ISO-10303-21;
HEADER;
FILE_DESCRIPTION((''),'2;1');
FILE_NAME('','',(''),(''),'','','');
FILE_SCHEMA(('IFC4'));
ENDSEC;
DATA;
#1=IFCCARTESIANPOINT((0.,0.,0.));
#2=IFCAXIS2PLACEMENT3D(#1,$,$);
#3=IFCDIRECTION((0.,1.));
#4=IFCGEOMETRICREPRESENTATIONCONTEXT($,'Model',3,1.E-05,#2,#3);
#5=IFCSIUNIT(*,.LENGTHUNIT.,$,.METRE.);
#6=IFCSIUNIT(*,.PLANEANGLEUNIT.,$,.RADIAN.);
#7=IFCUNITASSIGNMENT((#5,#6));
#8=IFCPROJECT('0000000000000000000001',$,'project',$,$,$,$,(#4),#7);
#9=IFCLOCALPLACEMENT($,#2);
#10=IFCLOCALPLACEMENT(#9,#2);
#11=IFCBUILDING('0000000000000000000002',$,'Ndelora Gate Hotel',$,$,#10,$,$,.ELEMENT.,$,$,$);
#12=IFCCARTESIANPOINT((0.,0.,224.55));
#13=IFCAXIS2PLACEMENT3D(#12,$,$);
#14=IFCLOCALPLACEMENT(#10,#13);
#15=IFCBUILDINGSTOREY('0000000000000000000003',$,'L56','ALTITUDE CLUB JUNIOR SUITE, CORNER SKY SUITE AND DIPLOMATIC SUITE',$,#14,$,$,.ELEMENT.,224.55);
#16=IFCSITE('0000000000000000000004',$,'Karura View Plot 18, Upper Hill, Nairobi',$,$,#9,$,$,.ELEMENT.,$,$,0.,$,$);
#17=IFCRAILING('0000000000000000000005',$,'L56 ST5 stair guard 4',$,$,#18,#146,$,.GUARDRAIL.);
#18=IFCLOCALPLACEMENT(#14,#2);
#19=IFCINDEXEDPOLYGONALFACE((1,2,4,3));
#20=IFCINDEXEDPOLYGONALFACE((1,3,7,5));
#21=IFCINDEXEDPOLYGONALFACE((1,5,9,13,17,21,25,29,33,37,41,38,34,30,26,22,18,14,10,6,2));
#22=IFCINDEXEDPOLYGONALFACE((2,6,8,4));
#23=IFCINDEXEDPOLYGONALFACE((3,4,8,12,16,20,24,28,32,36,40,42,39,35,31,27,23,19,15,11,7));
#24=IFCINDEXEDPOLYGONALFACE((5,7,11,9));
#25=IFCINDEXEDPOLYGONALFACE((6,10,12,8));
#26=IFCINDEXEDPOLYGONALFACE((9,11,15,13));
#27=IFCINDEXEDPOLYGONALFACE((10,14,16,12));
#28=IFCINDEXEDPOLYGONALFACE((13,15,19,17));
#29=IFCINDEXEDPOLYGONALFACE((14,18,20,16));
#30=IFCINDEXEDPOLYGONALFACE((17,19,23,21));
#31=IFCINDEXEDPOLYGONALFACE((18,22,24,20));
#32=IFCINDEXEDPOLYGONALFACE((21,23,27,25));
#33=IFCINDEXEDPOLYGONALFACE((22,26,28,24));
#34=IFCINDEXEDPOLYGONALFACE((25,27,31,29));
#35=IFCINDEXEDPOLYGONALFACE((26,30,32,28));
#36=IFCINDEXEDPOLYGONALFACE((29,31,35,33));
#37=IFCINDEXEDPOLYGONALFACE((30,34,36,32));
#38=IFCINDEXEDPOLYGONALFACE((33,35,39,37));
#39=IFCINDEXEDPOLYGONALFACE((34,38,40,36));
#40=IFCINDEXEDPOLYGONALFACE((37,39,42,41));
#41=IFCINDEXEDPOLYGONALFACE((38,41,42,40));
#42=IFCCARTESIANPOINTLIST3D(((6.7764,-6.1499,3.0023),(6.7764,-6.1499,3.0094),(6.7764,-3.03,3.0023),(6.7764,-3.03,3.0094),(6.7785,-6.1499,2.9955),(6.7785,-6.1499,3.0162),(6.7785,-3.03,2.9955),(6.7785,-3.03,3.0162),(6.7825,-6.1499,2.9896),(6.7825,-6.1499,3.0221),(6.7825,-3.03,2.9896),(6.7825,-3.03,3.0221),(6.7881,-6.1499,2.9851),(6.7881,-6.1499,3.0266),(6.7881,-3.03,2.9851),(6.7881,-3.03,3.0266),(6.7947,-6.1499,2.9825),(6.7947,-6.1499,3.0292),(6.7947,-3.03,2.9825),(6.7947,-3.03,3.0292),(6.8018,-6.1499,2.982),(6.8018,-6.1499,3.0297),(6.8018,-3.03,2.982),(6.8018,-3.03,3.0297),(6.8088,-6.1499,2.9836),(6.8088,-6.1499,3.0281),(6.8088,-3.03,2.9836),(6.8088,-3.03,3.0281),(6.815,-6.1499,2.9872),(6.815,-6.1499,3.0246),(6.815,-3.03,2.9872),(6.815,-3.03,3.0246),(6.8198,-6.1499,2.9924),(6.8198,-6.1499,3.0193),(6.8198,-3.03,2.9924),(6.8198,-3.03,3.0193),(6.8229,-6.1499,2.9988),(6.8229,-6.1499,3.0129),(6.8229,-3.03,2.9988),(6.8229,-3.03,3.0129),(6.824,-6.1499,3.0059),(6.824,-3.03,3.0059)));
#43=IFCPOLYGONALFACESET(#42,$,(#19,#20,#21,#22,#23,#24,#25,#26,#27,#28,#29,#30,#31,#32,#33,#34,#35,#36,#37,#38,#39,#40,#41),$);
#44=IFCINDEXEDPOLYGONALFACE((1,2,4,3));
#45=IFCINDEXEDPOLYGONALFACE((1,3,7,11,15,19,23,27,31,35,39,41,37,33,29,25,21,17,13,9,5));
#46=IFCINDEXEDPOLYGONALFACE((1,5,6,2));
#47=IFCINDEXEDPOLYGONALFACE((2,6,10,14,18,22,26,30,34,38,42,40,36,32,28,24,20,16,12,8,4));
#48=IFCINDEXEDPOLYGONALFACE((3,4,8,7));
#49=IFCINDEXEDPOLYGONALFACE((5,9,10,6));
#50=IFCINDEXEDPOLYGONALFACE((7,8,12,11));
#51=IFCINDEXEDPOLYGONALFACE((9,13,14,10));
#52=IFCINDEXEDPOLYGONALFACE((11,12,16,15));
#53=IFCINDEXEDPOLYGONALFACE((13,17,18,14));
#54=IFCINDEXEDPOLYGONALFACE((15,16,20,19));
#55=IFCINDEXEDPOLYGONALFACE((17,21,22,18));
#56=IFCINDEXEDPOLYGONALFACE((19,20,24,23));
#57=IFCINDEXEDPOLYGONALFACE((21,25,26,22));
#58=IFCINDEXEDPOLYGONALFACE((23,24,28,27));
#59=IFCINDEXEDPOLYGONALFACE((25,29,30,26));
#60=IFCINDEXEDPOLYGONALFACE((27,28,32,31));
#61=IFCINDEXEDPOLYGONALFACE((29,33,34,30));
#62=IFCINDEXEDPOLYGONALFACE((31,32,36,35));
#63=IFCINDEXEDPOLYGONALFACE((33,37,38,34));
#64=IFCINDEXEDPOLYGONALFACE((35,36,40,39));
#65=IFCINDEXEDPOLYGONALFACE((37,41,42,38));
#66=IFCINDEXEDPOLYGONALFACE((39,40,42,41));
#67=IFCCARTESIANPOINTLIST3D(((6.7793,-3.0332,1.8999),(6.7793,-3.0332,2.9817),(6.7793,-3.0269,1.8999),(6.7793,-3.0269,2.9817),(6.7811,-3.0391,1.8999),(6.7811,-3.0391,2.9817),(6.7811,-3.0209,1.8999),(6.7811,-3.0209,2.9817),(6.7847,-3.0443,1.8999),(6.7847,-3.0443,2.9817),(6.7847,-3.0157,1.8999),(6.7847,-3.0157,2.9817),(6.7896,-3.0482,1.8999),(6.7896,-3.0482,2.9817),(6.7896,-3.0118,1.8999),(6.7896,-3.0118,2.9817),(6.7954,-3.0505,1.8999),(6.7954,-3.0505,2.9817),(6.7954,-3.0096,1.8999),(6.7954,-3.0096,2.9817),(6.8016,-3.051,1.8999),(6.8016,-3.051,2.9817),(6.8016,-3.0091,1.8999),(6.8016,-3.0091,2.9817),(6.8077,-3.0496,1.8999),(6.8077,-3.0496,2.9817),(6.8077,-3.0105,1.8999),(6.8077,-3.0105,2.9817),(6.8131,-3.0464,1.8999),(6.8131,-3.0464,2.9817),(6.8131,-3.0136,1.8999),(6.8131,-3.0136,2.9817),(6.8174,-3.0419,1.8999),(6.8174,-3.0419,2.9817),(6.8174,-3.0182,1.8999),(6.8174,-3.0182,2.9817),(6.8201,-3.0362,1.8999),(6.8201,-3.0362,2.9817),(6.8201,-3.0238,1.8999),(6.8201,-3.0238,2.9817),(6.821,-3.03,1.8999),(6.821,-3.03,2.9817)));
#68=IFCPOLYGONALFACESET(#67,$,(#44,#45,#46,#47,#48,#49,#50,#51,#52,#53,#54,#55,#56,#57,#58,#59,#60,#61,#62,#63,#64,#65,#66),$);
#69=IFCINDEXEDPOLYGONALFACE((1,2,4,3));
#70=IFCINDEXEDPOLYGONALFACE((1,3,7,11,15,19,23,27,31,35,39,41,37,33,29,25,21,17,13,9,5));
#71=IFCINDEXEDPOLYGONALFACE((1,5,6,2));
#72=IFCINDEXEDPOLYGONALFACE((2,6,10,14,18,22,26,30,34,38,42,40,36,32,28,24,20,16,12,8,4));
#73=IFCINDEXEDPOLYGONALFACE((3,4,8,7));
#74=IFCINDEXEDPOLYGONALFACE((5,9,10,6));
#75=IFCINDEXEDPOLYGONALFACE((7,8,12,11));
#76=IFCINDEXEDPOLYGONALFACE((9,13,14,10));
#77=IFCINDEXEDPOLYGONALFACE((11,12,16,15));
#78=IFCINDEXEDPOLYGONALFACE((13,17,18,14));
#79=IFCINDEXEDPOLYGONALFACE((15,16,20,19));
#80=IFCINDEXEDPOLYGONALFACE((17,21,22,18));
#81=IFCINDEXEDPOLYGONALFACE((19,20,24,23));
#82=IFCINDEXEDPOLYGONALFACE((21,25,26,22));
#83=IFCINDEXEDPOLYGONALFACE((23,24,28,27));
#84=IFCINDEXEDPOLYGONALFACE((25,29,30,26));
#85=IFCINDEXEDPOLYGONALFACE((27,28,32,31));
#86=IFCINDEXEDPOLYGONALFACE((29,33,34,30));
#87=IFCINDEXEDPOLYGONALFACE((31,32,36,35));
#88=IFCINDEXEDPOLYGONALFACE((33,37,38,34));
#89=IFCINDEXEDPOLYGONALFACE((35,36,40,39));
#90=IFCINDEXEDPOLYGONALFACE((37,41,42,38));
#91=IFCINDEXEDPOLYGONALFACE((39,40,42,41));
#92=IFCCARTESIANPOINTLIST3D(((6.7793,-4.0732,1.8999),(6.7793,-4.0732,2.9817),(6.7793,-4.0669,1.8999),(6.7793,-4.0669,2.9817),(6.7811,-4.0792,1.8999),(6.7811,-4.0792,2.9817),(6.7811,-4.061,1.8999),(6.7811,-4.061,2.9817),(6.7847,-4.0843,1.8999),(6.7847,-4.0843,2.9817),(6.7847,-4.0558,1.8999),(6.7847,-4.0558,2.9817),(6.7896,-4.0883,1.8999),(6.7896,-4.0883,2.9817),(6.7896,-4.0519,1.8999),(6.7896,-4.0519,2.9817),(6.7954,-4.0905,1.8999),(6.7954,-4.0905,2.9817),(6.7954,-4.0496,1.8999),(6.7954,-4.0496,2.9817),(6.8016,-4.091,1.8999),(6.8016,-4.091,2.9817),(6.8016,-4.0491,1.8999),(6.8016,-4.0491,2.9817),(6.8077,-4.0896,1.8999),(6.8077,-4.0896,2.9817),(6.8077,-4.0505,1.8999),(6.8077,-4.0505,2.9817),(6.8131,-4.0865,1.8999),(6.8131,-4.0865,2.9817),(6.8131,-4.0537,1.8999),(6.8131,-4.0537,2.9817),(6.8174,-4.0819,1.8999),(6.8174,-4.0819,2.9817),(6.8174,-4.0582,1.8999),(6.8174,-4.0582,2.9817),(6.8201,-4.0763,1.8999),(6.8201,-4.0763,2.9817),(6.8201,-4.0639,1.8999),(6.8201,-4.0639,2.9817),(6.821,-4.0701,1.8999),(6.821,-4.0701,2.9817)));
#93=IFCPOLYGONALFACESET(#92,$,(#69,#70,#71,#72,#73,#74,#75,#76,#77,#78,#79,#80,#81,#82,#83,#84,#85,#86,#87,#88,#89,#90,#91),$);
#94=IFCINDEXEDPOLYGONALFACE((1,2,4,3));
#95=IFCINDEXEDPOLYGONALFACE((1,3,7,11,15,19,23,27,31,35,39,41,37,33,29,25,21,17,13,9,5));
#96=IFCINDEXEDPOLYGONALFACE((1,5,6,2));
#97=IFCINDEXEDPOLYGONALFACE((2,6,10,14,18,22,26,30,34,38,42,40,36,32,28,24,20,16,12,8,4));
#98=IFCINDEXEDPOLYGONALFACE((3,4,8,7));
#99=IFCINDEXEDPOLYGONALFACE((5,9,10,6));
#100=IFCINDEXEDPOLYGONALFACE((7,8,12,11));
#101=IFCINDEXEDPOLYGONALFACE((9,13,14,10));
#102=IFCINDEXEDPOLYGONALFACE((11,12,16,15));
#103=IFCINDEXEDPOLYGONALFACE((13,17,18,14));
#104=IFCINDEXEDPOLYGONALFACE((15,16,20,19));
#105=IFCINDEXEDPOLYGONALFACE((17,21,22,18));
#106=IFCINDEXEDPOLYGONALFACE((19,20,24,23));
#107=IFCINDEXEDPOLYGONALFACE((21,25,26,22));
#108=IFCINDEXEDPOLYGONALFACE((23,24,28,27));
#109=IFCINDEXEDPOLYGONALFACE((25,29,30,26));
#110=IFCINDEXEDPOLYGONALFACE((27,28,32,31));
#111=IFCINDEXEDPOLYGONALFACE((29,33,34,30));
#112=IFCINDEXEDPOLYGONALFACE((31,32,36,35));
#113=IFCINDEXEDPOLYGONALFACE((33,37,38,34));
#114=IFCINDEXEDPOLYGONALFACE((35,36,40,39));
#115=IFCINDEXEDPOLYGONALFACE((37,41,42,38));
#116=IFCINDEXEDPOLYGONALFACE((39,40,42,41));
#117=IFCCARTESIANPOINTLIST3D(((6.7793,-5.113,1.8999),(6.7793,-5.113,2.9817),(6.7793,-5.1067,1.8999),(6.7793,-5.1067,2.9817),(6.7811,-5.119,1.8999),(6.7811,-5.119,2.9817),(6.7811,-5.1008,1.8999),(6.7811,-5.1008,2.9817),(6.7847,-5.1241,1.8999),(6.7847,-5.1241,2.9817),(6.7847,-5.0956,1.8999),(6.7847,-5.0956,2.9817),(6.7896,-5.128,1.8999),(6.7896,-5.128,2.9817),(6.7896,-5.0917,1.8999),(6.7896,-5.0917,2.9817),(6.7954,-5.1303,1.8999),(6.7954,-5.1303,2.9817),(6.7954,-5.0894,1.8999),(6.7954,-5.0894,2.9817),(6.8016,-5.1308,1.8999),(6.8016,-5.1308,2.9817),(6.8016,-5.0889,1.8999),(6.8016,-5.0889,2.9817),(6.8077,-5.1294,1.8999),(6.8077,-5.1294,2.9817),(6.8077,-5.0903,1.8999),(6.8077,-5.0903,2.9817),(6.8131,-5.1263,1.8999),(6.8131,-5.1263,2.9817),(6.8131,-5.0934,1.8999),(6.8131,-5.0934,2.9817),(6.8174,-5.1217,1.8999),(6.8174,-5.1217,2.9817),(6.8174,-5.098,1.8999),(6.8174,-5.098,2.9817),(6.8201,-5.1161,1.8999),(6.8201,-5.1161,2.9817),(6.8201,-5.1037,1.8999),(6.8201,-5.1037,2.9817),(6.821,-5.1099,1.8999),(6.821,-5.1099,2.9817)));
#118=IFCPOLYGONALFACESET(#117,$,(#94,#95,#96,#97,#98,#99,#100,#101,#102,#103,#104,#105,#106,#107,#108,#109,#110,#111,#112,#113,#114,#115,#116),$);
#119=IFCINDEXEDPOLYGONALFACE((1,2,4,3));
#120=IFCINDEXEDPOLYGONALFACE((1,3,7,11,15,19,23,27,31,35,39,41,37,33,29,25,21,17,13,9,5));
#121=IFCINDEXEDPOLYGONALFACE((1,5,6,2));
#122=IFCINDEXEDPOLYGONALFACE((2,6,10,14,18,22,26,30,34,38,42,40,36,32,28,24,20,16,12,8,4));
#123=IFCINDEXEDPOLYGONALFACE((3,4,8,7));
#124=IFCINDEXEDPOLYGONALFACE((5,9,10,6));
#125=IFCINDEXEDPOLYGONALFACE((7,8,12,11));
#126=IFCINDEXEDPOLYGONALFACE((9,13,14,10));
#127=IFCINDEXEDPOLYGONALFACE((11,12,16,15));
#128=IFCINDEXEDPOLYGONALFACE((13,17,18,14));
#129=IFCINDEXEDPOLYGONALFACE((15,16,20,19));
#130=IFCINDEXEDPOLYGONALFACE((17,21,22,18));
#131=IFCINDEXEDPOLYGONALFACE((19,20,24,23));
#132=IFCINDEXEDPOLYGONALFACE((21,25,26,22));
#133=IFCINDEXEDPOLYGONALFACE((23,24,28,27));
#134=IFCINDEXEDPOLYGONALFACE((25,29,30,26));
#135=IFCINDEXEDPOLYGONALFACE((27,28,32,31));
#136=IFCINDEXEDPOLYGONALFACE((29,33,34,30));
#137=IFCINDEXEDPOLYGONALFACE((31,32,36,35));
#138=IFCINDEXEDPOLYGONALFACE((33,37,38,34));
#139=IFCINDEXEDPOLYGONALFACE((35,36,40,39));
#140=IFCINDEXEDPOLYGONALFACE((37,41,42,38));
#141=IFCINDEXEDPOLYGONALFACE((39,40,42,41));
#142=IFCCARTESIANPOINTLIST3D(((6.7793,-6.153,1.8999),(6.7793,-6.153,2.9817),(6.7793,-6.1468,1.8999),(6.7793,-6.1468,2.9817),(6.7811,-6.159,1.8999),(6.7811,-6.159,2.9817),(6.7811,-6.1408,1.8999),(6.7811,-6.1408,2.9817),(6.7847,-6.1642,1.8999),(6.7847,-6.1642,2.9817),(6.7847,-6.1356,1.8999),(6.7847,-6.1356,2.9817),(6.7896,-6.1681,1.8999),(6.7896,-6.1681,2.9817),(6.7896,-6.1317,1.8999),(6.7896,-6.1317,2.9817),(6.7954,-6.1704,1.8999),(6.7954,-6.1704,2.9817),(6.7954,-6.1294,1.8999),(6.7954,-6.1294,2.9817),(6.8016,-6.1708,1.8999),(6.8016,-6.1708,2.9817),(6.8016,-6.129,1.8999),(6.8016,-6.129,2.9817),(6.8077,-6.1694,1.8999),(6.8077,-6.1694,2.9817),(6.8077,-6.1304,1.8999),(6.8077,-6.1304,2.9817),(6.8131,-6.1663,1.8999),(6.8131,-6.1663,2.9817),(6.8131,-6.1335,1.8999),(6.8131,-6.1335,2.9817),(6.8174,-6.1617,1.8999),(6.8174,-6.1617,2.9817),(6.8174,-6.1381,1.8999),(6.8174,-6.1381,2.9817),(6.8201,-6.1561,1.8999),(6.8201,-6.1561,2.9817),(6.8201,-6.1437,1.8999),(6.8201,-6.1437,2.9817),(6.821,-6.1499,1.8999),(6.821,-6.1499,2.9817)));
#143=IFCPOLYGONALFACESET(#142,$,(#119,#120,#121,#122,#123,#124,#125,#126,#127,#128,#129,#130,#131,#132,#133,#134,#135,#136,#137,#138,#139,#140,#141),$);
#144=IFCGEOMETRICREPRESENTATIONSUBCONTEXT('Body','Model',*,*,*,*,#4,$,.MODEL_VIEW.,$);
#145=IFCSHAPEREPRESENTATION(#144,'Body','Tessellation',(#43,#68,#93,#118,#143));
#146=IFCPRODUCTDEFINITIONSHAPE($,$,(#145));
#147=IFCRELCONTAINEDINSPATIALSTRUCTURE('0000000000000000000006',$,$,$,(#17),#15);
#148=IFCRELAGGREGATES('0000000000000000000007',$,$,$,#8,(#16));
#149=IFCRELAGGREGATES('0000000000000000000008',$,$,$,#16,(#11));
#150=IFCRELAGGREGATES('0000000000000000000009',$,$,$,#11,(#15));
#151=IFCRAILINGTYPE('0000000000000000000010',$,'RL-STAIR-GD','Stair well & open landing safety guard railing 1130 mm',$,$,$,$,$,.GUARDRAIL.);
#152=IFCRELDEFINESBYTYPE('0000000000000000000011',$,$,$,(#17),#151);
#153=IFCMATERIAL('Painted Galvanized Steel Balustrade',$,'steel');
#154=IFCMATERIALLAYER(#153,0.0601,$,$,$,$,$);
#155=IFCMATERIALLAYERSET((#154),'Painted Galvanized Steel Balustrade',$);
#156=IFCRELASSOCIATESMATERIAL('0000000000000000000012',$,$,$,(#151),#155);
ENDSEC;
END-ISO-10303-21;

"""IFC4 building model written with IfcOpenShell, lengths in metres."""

from ifc_helpers import new_model, si_unit, direction, frame, origin, origin_2d, place, context, subcontext, project, spatial, circle, extrude, material, layer, layer_set, type_object, element, save


model = new_model("IFC4")

# Units and contexts
model_context = context("Model", 3, precision=1e-05, world=origin(), true_north=direction((0.0, 1.0)))
body_context = subcontext(model_context, "Body", "Model", "MODEL_VIEW")
ifc_project = project(units=[si_unit("LENGTHUNIT", "METRE"), si_unit("PLANEANGLEUNIT", "RADIAN")], contexts=[model_context])

# Site, building, storey
site_placement = place(None, origin())
site = spatial("IfcSite", under=ifc_project, at=site_placement, Name="Karura View Plot 18, Upper Hill, Nairobi", CompositionType="ELEMENT", RefElevation=0.0)
building_placement = place(site_placement, origin())
building = spatial("IfcBuilding", under=site, at=building_placement, Name="Ndelora Gate Hotel", CompositionType="ELEMENT")
storey_placement = place(building_placement, frame((0.0, 0.0, 224.55)))
storey = spatial("IfcBuildingStorey", under=building, at=storey_placement, Name="L56", Description="ALTITUDE CLUB JUNIOR SUITE, CORNER SKY SUITE AND DIPLOMATIC SUITE", CompositionType="ELEMENT", Elevation=224.55)

# Railing
ifc_material_1 = material(Name="Painted Galvanized Steel Balustrade", Category="steel")
ifc_layer_1 = layer(ifc_material_1, 0.0601)
ifc_layer_set_1 = layer_set([ifc_layer_1], Name="Painted Galvanized Steel Balustrade")
railing_type_1 = type_object("IfcRailingType", Name="RL-STAIR-GD", Description="Stair well & open landing safety guard railing 1130 mm", PredefinedType="GUARDRAIL", material=ifc_layer_set_1)
for number, where, name in (
    (1, (6.8, -3.03, 1.8999), "L56 ST5 stair guard 4"),
):
    element("IfcRailing", number, at=place(storey_placement, frame(where)), inside=storey, type_object=railing_type_1, Name=name, PredefinedType="GUARDRAIL", context=body_context, shape_type="SweptSolid", body=[
        extrude(circle(Radius=0.0239, at=origin_2d()), frame((0.0, 0.0, 1.106), z_axis=(0.0, -1.0, 0.0), x_axis=(1.0, 0.0, 0.0)), (0.0, 0.0, 1.0), 3.1199),
        extrude(circle(Radius=0.021, at=origin_2d()), origin(), (0.0, 0.0, 1.0), 1.0818),
        extrude(circle(Radius=0.021, at=origin_2d()), frame((0.0, -1.04, 0.0)), (0.0, 0.0, 1.0), 1.0818),
        extrude(circle(Radius=0.021, at=origin_2d()), frame((0.0, -2.0798, 0.0)), (0.0, 0.0, 1.0), 1.0818),
        extrude(circle(Radius=0.021, at=origin_2d()), frame((0.0, -3.1199, 0.0)), (0.0, 0.0, 1.0), 1.0818),
    ])

save(model, "model.ifc")
